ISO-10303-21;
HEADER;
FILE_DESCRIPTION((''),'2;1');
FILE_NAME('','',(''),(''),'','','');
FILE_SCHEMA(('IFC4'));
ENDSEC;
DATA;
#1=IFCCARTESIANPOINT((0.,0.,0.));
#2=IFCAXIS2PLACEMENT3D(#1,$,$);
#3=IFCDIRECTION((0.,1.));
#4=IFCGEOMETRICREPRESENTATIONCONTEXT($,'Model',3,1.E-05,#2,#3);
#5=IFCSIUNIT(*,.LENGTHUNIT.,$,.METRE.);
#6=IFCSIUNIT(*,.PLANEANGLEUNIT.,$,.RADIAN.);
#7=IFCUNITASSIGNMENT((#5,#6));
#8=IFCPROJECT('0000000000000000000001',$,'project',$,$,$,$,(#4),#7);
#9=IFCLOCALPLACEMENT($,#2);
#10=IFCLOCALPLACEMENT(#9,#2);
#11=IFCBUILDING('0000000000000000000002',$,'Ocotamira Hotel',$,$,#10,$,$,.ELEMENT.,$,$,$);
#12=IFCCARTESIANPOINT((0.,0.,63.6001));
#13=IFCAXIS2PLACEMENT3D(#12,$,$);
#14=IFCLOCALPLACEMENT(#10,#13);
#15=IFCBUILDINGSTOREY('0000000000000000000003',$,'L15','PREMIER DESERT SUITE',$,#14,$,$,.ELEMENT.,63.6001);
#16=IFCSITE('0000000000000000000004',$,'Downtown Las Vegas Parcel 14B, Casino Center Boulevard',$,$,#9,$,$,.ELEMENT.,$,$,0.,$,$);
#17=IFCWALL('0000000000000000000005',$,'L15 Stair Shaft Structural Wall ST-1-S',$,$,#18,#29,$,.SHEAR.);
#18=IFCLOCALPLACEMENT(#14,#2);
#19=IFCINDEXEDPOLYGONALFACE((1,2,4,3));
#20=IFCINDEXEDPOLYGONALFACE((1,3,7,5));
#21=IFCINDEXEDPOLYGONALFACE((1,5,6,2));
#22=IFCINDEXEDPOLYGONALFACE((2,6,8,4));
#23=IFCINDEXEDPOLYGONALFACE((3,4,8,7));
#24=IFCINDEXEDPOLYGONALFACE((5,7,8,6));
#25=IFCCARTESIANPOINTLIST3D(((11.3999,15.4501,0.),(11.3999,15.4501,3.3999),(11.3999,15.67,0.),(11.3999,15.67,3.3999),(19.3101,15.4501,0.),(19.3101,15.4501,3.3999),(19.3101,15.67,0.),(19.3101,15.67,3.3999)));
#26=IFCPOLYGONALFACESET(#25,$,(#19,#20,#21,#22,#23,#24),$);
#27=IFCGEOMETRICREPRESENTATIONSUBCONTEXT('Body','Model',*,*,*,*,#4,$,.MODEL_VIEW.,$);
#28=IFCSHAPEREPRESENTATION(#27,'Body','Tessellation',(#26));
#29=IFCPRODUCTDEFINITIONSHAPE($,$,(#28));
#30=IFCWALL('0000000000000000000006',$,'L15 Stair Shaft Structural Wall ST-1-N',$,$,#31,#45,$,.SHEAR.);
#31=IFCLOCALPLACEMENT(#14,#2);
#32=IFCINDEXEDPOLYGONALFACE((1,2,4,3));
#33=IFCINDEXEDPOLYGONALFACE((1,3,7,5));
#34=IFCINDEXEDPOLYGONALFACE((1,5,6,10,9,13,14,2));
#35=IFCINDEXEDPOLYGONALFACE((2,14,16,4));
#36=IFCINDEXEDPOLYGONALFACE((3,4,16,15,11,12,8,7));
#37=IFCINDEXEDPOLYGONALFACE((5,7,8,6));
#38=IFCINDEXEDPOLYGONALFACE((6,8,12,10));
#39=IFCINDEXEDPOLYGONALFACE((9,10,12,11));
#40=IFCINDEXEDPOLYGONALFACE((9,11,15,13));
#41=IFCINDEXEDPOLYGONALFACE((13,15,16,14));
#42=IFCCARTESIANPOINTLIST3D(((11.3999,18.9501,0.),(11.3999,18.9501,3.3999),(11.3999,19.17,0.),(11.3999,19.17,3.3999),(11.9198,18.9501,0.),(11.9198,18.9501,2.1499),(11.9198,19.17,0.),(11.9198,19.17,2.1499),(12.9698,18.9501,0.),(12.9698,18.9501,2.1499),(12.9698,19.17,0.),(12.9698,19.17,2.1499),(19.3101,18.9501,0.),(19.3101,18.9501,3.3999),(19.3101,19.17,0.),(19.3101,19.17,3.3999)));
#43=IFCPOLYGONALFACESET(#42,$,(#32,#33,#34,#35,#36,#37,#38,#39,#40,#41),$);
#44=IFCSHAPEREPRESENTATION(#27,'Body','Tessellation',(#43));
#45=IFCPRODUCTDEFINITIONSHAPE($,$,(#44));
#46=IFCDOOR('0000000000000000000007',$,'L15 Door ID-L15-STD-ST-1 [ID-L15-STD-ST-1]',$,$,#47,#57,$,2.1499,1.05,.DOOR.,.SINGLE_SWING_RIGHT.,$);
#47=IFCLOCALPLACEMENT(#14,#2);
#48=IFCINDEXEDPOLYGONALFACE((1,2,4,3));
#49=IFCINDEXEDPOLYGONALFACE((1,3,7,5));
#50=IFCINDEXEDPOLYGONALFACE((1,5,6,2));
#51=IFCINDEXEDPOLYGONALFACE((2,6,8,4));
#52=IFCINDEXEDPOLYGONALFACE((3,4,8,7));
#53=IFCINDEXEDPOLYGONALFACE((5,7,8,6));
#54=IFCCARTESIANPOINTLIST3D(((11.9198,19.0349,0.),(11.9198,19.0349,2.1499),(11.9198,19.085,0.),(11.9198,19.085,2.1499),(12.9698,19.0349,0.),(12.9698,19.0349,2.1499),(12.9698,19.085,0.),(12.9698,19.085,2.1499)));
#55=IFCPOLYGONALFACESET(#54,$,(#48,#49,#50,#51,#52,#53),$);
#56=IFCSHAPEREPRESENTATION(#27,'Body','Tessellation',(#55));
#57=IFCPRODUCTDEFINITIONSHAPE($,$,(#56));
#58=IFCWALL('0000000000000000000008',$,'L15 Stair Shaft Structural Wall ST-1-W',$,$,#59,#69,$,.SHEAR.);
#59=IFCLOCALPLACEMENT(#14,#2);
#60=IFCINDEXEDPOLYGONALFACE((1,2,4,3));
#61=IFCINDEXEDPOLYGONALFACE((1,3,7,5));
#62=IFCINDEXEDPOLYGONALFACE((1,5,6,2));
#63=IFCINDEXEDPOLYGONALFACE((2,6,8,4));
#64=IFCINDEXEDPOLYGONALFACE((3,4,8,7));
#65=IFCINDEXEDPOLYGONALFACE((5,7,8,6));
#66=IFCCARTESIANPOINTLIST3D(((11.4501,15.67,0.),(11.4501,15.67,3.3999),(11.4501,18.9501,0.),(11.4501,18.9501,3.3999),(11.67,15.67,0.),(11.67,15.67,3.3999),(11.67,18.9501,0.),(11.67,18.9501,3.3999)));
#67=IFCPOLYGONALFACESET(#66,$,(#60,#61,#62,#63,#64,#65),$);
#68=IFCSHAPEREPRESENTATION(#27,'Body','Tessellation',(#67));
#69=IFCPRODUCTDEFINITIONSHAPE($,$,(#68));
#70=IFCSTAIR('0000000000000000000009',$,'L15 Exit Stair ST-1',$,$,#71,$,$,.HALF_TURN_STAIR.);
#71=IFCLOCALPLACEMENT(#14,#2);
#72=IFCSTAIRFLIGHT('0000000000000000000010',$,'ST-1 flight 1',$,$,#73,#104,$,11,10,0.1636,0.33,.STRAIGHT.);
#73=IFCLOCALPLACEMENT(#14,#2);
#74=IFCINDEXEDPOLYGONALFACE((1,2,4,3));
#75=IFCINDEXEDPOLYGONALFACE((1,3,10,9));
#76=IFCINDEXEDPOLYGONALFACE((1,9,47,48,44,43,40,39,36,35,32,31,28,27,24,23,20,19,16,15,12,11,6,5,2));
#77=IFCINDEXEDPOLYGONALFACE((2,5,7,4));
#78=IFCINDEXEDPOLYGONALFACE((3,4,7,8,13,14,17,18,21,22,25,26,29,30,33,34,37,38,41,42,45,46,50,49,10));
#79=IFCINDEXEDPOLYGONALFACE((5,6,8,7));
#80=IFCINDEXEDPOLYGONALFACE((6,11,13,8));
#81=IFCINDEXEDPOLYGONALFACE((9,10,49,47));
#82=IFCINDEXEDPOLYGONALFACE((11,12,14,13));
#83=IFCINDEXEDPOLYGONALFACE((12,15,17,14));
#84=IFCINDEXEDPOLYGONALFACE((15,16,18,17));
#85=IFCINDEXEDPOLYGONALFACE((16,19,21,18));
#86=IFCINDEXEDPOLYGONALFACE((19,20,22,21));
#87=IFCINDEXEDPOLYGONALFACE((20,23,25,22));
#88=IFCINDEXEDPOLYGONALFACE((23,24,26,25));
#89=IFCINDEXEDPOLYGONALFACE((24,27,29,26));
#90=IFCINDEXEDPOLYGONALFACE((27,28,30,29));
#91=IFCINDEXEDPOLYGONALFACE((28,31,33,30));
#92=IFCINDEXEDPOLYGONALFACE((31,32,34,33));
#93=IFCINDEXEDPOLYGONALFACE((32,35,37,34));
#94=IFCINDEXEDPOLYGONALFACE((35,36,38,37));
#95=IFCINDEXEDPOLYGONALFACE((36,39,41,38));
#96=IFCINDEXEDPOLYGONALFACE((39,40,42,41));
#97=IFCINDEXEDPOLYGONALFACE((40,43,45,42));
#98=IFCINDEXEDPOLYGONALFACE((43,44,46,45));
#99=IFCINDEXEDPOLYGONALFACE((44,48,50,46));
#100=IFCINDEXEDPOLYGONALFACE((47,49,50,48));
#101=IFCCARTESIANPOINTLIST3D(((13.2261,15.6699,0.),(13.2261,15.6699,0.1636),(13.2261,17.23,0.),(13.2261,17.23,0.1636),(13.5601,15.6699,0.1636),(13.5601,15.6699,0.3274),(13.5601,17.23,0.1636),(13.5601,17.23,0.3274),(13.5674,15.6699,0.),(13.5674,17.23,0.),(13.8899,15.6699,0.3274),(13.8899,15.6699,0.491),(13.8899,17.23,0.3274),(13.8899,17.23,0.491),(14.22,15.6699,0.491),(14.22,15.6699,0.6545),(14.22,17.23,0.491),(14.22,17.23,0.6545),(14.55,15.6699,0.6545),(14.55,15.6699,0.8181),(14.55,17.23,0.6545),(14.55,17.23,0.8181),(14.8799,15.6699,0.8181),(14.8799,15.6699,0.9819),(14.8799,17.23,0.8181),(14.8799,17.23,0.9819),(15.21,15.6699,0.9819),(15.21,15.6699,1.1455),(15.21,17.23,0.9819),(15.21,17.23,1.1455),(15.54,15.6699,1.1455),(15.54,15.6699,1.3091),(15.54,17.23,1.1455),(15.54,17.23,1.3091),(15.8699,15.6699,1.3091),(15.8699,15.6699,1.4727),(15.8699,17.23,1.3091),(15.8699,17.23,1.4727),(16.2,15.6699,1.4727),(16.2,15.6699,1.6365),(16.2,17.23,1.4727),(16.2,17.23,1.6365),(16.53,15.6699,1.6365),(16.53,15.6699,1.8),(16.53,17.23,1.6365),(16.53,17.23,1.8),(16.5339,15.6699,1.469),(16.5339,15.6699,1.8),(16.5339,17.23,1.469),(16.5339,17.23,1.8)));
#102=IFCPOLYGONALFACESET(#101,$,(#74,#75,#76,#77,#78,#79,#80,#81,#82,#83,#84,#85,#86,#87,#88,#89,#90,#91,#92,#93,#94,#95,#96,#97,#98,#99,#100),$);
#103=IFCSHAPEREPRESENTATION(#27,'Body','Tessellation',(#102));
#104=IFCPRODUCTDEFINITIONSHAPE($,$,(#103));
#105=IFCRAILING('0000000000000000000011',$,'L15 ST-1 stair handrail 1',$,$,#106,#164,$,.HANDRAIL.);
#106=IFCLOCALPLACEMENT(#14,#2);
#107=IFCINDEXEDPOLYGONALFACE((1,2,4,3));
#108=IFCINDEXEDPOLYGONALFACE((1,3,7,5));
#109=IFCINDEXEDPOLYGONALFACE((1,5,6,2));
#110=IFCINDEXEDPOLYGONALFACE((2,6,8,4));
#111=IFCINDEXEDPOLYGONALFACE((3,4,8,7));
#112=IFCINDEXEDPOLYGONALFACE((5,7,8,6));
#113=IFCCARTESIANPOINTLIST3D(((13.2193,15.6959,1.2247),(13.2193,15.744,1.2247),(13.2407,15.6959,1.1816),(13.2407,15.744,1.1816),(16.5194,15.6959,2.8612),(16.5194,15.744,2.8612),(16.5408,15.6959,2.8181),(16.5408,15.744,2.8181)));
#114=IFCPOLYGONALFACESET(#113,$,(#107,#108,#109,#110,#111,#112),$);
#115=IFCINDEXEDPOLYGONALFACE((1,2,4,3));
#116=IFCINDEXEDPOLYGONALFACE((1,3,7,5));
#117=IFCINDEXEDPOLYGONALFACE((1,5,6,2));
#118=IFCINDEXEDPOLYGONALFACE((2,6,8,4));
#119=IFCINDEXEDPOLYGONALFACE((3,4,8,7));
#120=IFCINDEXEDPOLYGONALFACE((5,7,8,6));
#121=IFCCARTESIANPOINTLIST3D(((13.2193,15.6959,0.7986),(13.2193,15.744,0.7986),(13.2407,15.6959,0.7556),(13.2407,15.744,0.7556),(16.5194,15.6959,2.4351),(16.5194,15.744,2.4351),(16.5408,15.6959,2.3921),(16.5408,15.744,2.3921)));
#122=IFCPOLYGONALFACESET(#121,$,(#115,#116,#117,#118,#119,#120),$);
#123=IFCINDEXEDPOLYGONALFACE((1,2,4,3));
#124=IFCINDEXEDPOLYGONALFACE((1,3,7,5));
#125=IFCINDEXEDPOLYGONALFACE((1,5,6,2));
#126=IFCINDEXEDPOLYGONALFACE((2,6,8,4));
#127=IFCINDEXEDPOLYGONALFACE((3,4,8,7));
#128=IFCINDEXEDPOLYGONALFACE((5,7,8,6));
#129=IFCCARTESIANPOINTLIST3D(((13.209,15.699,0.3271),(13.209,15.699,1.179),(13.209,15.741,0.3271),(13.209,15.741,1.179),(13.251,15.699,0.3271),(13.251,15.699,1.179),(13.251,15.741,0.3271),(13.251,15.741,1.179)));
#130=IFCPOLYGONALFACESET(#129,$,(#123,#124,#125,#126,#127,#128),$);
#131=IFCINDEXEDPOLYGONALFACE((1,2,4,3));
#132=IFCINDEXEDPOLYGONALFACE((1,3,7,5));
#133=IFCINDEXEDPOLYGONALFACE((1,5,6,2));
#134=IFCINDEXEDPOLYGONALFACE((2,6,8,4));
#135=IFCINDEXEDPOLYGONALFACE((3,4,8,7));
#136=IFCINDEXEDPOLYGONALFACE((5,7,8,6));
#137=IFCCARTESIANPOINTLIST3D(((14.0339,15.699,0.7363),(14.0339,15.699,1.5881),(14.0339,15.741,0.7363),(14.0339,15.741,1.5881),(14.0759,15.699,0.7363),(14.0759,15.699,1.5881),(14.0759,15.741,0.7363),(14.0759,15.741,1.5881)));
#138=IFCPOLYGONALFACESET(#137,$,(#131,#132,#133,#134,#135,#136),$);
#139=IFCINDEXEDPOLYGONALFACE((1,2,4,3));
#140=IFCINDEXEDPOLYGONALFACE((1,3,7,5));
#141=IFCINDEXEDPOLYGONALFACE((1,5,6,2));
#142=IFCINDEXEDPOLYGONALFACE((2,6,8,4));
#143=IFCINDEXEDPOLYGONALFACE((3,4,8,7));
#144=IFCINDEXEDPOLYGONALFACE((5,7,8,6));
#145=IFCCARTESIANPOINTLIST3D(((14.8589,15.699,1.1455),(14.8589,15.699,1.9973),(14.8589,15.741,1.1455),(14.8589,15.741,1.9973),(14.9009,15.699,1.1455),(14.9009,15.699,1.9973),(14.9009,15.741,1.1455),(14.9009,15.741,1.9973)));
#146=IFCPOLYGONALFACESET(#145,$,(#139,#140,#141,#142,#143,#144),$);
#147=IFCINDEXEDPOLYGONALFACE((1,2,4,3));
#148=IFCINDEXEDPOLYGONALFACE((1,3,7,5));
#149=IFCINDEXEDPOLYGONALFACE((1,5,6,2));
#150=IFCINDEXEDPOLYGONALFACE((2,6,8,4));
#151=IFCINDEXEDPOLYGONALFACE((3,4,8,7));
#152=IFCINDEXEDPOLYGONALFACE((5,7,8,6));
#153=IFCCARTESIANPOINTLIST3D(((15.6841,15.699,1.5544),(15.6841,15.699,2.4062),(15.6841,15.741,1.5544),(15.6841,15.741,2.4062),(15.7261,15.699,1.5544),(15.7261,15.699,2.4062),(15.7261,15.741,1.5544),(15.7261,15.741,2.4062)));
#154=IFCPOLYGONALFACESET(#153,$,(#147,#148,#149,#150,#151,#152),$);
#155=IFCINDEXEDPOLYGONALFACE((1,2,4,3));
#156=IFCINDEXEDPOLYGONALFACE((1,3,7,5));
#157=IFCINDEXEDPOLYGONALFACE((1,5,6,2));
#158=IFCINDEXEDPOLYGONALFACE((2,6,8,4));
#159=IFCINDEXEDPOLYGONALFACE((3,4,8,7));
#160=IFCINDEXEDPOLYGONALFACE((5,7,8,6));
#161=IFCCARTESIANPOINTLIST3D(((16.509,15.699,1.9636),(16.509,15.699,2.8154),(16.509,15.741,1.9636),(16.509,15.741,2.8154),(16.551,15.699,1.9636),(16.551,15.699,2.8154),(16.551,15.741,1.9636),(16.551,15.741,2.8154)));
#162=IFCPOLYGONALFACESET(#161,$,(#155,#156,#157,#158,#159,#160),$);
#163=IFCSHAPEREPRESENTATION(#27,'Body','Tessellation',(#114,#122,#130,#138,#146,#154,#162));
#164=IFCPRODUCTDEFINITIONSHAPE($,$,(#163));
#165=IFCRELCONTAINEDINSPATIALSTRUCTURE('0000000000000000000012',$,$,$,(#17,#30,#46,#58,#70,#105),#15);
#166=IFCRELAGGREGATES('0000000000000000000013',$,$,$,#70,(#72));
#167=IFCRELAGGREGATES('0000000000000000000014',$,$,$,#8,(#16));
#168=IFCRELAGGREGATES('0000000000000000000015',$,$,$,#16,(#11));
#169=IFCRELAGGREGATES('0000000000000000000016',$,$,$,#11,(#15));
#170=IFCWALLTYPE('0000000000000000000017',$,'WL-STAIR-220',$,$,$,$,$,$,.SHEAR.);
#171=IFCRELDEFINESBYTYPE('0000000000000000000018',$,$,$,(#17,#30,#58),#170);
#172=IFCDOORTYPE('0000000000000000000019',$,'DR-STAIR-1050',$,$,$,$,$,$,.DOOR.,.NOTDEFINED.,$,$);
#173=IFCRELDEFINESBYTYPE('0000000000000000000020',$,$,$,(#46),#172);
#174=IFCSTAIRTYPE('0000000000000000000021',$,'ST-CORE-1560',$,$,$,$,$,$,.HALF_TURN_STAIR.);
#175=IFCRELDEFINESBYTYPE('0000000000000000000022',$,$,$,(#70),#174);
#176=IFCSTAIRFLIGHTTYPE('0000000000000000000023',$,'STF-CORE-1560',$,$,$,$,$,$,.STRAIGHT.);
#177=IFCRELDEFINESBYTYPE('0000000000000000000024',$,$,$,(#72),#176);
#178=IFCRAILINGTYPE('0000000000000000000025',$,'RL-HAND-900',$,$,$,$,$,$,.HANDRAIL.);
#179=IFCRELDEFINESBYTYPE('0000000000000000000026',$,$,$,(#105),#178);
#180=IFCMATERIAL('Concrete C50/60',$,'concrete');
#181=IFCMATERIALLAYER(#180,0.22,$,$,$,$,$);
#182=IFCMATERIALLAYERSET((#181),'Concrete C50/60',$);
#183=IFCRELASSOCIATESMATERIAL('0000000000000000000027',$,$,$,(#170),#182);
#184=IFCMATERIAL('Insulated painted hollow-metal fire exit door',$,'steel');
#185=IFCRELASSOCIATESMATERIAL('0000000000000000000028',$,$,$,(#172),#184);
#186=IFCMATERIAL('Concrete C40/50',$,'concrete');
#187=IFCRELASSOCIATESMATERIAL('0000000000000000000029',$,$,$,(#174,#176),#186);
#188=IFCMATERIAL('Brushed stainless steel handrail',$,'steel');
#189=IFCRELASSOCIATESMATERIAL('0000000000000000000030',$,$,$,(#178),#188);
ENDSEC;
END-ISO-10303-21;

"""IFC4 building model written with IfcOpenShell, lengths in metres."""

from ifc_helpers import new_model, si_unit, direction, frame, frame_2d, origin, origin_2d, place, context, subcontext, project, spatial, polyline, rectangle, outline, extrude, source, transform, mapped, material, layer, layer_set, type_object, element, fill, aggregate, save


model = new_model("IFC4")

# Units and contexts
model_context = context("Model", 3, precision=1e-05, world=origin(), true_north=direction((0.0, 1.0)))
body_context = subcontext(model_context, "Body", "Model", "MODEL_VIEW")
ifc_project = project(units=[si_unit("LENGTHUNIT", "METRE"), si_unit("PLANEANGLEUNIT", "RADIAN")], contexts=[model_context])

# Site, building, storey
site_placement = place(None, origin())
site = spatial("IfcSite", under=ifc_project, at=site_placement, Name="Downtown Las Vegas Parcel 14B, Casino Center Boulevard", CompositionType="ELEMENT", RefElevation=0.0)
building_placement = place(site_placement, origin())
building = spatial("IfcBuilding", under=site, at=building_placement, Name="Ocotamira Hotel", CompositionType="ELEMENT")
storey_placement = place(building_placement, frame((0.0, 0.0, 63.6001)))
storey = spatial("IfcBuildingStorey", under=building, at=storey_placement, Name="L15", Description="PREMIER DESERT SUITE", CompositionType="ELEMENT", Elevation=63.6001)

# Wall
ifc_material_1 = material(Name="Concrete C50/60", Category="concrete")
ifc_layer_1 = layer(ifc_material_1, 0.22)
ifc_layer_set_1 = layer_set([ifc_layer_1], Name="Concrete C50/60")
wall_type_1 = type_object("IfcWallType", Name="WL-STAIR-220", PredefinedType="SHEAR", material=ifc_layer_set_1)
wall_1_placement = place(storey_placement, frame((11.3999, 15.5601, 0.0), z_axis=(0.0, 0.0, 1.0), x_axis=(1.0, 0.0, 0.0)))
element("IfcWall", 1, at=wall_1_placement, inside=storey, type_object=wall_type_1, Name="L15 Stair Shaft Structural Wall ST-1-S", PredefinedType="SHEAR", context=body_context, shape_type="SweptSolid", body=[
    extrude(rectangle(XDim=7.9102, YDim=0.22, at=frame_2d((3.9551, 0.0))), origin(), (0.0, 0.0, 1.0), 3.3999),
])

# Wall, opening, door
wall_2_placement = place(storey_placement, frame((11.3999, 19.0601, 0.0), z_axis=(0.0, 0.0, 1.0), x_axis=(1.0, 0.0, 0.0)))
wall_2 = element("IfcWall", 2, at=wall_2_placement, inside=storey, type_object=wall_type_1, Name="L15 Stair Shaft Structural Wall ST-1-N", PredefinedType="SHEAR", context=body_context, shape_type="SweptSolid", body=[
    extrude(rectangle(XDim=7.9102, YDim=0.22, at=frame_2d((3.9551, 0.0))), origin(), (0.0, 0.0, 1.0), 3.3999),
])
opening_1_placement = place(wall_2_placement, frame((0.52, 0.0, 0.0)))
opening_1 = element("IfcOpeningElement", 3, at=opening_1_placement, cuts=wall_2, PredefinedType="OPENING", context=body_context, shape_type="SweptSolid", body=[
    extrude(rectangle(XDim=1.05, YDim=2.1499, at=frame_2d((0.5249, 1.075))), frame((0.0, 0.1201, 0.0), z_axis=(0.0, -1.0, 0.0), x_axis=(1.0, 0.0, 0.0)), (0.0, 0.0, 1.0), 0.24),
])
ifc_material_2 = material(Name="Insulated painted hollow-metal fire exit door", Category="steel")
door_type_1 = type_object("IfcDoorType", Name="DR-STAIR-1050", OperationType="NOTDEFINED", PredefinedType="DOOR", material=ifc_material_2)
shared_shape_1 = source(origin(), body_context, "Body", "SweptSolid", [
    extrude(rectangle(XDim=1.05, YDim=2.1499, at=frame_2d((0.5249, 1.075))), frame((0.0, 0.0249, 0.0), z_axis=(0.0, -1.0, 0.0), x_axis=(1.0, 0.0, 0.0)), (0.0, 0.0, 1.0), 0.05),
])
door_1_placement = place(opening_1_placement, origin())
door_1 = element("IfcDoor", 4, at=door_1_placement, inside=storey, type_object=door_type_1, Name="L15 Door ID-L15-STD-ST-1 [ID-L15-STD-ST-1]", OperationType="SINGLE_SWING_RIGHT", OverallHeight=2.1499, OverallWidth=1.05, PredefinedType="DOOR", context=body_context, shape_type="MappedRepresentation", body=[
    mapped(shared_shape_1, transform((0.0, 0.0, 0.0), scale=1.0)),
])
fill(opening_1, door_1)

# Wall
wall_3_placement = place(storey_placement, frame((11.5601, 15.6699, 0.0), z_axis=(0.0, 0.0, 1.0), x_axis=(0.0, 1.0, 0.0)))
element("IfcWall", 5, at=wall_3_placement, inside=storey, type_object=wall_type_1, Name="L15 Stair Shaft Structural Wall ST-1-W", PredefinedType="SHEAR", context=body_context, shape_type="SweptSolid", body=[
    extrude(rectangle(XDim=3.28, YDim=0.22, at=frame_2d((1.6401, 0.0))), origin(), (0.0, 0.0, 1.0), 3.3999),
])

# Stair, stair flight
ifc_material_3 = material(Name="Concrete C40/50", Category="concrete")
stair_type = type_object("IfcStairType", Name="ST-CORE-1560", PredefinedType="HALF_TURN_STAIR", material=ifc_material_3)
stair_placement = place(storey_placement, origin())
stair = element("IfcStair", 6, at=stair_placement, inside=storey, type_object=stair_type, Name="L15 Exit Stair ST-1", PredefinedType="HALF_TURN_STAIR")
stair_flight_type = type_object("IfcStairFlightType", Name="STF-CORE-1560", PredefinedType="STRAIGHT", material=ifc_material_3)
shared_shape_2 = source(origin(), body_context, "Body", "SweptSolid", [
    extrude(outline(polyline([(-0.0039, 0.0), (-0.0039, 0.1636), (0.3301, 0.1636), (0.3301, 0.3274), (0.6599, 0.3274), (0.6599, 0.491), (0.99, 0.491), (0.99, 0.6545), (1.3201, 0.6545), (1.3201, 0.8181), (1.6499, 0.8181), (1.6499, 0.9819), (1.98, 0.9819), (1.98, 1.1455), (2.3101, 1.1455), (2.3101, 1.3091), (2.6399, 1.3091), (2.6399, 1.4727), (2.97, 1.4727), (2.97, 1.6365), (3.3, 1.6365), (3.3, 1.8), (3.304, 1.8), (3.304, 1.469), (0.3374, 0.0), (-0.0039, 0.0)])), frame((0.0, 0.78, 0.0), z_axis=(0.0, -1.0, 0.0), x_axis=(1.0, 0.0, 0.0)), (0.0, 0.0, 1.0), 1.5601),
])
stair_flight_placement = place(storey_placement, frame((13.23, 16.45, 0.0), z_axis=(0.0, 0.0, 1.0), x_axis=(1.0, 0.0, 0.0)))
stair_flight = element("IfcStairFlight", 7, at=stair_flight_placement, type_object=stair_flight_type, Name="ST-1 flight 1", NumberOfRisers=11, NumberOfTreads=10, PredefinedType="STRAIGHT", RiserHeight=0.1636, TreadLength=0.33, context=body_context, shape_type="MappedRepresentation", body=[
    mapped(shared_shape_2, transform((0.0, 0.0, 0.0), scale=1.0)),
])
aggregate(stair, [stair_flight])

# Railing
ifc_material_4 = material(Name="Brushed stainless steel handrail", Category="steel")
railing_type_1 = type_object("IfcRailingType", Name="RL-HAND-900", PredefinedType="HANDRAIL", material=ifc_material_4)
railing_1_placement = place(storey_placement, frame((13.23, 15.72, 0.3271)))
element("IfcRailing", 8, at=railing_1_placement, inside=storey, type_object=railing_type_1, Name="L15 ST-1 stair handrail 1", PredefinedType="HANDRAIL", context=body_context, shape_type="SweptSolid", body=[
    extrude(rectangle(XDim=0.0481, YDim=0.0481, at=origin_2d()), frame((0.0, 0.0, 0.876), z_axis=(0.895894, 0.0, 0.444268), x_axis=(0.0, 1.0, 0.0)), (0.0, 0.0, 1.0), 3.6836),
    extrude(rectangle(XDim=0.0481, YDim=0.0481, at=origin_2d()), frame((0.0, 0.0, 0.45), z_axis=(0.895894, 0.0, 0.444268), x_axis=(0.0, 1.0, 0.0)), (0.0, 0.0, 1.0), 3.6836),
    extrude(rectangle(XDim=0.042, YDim=0.042, at=origin_2d()), origin(), (0.0, 0.0, 1.0), 0.8518),
    extrude(rectangle(XDim=0.042, YDim=0.042, at=origin_2d()), frame((0.825, 0.0, 0.4092)), (0.0, 0.0, 1.0), 0.8518),
    extrude(rectangle(XDim=0.042, YDim=0.042, at=origin_2d()), frame((1.6499, 0.0, 0.8184)), (0.0, 0.0, 1.0), 0.8518),
    extrude(rectangle(XDim=0.042, YDim=0.042, at=origin_2d()), frame((2.4751, 0.0, 1.2273)), (0.0, 0.0, 1.0), 0.8518),
    extrude(rectangle(XDim=0.042, YDim=0.042, at=origin_2d()), frame((3.3, 0.0, 1.6365)), (0.0, 0.0, 1.0), 0.8518),
])

save(model, "model.ifc")
